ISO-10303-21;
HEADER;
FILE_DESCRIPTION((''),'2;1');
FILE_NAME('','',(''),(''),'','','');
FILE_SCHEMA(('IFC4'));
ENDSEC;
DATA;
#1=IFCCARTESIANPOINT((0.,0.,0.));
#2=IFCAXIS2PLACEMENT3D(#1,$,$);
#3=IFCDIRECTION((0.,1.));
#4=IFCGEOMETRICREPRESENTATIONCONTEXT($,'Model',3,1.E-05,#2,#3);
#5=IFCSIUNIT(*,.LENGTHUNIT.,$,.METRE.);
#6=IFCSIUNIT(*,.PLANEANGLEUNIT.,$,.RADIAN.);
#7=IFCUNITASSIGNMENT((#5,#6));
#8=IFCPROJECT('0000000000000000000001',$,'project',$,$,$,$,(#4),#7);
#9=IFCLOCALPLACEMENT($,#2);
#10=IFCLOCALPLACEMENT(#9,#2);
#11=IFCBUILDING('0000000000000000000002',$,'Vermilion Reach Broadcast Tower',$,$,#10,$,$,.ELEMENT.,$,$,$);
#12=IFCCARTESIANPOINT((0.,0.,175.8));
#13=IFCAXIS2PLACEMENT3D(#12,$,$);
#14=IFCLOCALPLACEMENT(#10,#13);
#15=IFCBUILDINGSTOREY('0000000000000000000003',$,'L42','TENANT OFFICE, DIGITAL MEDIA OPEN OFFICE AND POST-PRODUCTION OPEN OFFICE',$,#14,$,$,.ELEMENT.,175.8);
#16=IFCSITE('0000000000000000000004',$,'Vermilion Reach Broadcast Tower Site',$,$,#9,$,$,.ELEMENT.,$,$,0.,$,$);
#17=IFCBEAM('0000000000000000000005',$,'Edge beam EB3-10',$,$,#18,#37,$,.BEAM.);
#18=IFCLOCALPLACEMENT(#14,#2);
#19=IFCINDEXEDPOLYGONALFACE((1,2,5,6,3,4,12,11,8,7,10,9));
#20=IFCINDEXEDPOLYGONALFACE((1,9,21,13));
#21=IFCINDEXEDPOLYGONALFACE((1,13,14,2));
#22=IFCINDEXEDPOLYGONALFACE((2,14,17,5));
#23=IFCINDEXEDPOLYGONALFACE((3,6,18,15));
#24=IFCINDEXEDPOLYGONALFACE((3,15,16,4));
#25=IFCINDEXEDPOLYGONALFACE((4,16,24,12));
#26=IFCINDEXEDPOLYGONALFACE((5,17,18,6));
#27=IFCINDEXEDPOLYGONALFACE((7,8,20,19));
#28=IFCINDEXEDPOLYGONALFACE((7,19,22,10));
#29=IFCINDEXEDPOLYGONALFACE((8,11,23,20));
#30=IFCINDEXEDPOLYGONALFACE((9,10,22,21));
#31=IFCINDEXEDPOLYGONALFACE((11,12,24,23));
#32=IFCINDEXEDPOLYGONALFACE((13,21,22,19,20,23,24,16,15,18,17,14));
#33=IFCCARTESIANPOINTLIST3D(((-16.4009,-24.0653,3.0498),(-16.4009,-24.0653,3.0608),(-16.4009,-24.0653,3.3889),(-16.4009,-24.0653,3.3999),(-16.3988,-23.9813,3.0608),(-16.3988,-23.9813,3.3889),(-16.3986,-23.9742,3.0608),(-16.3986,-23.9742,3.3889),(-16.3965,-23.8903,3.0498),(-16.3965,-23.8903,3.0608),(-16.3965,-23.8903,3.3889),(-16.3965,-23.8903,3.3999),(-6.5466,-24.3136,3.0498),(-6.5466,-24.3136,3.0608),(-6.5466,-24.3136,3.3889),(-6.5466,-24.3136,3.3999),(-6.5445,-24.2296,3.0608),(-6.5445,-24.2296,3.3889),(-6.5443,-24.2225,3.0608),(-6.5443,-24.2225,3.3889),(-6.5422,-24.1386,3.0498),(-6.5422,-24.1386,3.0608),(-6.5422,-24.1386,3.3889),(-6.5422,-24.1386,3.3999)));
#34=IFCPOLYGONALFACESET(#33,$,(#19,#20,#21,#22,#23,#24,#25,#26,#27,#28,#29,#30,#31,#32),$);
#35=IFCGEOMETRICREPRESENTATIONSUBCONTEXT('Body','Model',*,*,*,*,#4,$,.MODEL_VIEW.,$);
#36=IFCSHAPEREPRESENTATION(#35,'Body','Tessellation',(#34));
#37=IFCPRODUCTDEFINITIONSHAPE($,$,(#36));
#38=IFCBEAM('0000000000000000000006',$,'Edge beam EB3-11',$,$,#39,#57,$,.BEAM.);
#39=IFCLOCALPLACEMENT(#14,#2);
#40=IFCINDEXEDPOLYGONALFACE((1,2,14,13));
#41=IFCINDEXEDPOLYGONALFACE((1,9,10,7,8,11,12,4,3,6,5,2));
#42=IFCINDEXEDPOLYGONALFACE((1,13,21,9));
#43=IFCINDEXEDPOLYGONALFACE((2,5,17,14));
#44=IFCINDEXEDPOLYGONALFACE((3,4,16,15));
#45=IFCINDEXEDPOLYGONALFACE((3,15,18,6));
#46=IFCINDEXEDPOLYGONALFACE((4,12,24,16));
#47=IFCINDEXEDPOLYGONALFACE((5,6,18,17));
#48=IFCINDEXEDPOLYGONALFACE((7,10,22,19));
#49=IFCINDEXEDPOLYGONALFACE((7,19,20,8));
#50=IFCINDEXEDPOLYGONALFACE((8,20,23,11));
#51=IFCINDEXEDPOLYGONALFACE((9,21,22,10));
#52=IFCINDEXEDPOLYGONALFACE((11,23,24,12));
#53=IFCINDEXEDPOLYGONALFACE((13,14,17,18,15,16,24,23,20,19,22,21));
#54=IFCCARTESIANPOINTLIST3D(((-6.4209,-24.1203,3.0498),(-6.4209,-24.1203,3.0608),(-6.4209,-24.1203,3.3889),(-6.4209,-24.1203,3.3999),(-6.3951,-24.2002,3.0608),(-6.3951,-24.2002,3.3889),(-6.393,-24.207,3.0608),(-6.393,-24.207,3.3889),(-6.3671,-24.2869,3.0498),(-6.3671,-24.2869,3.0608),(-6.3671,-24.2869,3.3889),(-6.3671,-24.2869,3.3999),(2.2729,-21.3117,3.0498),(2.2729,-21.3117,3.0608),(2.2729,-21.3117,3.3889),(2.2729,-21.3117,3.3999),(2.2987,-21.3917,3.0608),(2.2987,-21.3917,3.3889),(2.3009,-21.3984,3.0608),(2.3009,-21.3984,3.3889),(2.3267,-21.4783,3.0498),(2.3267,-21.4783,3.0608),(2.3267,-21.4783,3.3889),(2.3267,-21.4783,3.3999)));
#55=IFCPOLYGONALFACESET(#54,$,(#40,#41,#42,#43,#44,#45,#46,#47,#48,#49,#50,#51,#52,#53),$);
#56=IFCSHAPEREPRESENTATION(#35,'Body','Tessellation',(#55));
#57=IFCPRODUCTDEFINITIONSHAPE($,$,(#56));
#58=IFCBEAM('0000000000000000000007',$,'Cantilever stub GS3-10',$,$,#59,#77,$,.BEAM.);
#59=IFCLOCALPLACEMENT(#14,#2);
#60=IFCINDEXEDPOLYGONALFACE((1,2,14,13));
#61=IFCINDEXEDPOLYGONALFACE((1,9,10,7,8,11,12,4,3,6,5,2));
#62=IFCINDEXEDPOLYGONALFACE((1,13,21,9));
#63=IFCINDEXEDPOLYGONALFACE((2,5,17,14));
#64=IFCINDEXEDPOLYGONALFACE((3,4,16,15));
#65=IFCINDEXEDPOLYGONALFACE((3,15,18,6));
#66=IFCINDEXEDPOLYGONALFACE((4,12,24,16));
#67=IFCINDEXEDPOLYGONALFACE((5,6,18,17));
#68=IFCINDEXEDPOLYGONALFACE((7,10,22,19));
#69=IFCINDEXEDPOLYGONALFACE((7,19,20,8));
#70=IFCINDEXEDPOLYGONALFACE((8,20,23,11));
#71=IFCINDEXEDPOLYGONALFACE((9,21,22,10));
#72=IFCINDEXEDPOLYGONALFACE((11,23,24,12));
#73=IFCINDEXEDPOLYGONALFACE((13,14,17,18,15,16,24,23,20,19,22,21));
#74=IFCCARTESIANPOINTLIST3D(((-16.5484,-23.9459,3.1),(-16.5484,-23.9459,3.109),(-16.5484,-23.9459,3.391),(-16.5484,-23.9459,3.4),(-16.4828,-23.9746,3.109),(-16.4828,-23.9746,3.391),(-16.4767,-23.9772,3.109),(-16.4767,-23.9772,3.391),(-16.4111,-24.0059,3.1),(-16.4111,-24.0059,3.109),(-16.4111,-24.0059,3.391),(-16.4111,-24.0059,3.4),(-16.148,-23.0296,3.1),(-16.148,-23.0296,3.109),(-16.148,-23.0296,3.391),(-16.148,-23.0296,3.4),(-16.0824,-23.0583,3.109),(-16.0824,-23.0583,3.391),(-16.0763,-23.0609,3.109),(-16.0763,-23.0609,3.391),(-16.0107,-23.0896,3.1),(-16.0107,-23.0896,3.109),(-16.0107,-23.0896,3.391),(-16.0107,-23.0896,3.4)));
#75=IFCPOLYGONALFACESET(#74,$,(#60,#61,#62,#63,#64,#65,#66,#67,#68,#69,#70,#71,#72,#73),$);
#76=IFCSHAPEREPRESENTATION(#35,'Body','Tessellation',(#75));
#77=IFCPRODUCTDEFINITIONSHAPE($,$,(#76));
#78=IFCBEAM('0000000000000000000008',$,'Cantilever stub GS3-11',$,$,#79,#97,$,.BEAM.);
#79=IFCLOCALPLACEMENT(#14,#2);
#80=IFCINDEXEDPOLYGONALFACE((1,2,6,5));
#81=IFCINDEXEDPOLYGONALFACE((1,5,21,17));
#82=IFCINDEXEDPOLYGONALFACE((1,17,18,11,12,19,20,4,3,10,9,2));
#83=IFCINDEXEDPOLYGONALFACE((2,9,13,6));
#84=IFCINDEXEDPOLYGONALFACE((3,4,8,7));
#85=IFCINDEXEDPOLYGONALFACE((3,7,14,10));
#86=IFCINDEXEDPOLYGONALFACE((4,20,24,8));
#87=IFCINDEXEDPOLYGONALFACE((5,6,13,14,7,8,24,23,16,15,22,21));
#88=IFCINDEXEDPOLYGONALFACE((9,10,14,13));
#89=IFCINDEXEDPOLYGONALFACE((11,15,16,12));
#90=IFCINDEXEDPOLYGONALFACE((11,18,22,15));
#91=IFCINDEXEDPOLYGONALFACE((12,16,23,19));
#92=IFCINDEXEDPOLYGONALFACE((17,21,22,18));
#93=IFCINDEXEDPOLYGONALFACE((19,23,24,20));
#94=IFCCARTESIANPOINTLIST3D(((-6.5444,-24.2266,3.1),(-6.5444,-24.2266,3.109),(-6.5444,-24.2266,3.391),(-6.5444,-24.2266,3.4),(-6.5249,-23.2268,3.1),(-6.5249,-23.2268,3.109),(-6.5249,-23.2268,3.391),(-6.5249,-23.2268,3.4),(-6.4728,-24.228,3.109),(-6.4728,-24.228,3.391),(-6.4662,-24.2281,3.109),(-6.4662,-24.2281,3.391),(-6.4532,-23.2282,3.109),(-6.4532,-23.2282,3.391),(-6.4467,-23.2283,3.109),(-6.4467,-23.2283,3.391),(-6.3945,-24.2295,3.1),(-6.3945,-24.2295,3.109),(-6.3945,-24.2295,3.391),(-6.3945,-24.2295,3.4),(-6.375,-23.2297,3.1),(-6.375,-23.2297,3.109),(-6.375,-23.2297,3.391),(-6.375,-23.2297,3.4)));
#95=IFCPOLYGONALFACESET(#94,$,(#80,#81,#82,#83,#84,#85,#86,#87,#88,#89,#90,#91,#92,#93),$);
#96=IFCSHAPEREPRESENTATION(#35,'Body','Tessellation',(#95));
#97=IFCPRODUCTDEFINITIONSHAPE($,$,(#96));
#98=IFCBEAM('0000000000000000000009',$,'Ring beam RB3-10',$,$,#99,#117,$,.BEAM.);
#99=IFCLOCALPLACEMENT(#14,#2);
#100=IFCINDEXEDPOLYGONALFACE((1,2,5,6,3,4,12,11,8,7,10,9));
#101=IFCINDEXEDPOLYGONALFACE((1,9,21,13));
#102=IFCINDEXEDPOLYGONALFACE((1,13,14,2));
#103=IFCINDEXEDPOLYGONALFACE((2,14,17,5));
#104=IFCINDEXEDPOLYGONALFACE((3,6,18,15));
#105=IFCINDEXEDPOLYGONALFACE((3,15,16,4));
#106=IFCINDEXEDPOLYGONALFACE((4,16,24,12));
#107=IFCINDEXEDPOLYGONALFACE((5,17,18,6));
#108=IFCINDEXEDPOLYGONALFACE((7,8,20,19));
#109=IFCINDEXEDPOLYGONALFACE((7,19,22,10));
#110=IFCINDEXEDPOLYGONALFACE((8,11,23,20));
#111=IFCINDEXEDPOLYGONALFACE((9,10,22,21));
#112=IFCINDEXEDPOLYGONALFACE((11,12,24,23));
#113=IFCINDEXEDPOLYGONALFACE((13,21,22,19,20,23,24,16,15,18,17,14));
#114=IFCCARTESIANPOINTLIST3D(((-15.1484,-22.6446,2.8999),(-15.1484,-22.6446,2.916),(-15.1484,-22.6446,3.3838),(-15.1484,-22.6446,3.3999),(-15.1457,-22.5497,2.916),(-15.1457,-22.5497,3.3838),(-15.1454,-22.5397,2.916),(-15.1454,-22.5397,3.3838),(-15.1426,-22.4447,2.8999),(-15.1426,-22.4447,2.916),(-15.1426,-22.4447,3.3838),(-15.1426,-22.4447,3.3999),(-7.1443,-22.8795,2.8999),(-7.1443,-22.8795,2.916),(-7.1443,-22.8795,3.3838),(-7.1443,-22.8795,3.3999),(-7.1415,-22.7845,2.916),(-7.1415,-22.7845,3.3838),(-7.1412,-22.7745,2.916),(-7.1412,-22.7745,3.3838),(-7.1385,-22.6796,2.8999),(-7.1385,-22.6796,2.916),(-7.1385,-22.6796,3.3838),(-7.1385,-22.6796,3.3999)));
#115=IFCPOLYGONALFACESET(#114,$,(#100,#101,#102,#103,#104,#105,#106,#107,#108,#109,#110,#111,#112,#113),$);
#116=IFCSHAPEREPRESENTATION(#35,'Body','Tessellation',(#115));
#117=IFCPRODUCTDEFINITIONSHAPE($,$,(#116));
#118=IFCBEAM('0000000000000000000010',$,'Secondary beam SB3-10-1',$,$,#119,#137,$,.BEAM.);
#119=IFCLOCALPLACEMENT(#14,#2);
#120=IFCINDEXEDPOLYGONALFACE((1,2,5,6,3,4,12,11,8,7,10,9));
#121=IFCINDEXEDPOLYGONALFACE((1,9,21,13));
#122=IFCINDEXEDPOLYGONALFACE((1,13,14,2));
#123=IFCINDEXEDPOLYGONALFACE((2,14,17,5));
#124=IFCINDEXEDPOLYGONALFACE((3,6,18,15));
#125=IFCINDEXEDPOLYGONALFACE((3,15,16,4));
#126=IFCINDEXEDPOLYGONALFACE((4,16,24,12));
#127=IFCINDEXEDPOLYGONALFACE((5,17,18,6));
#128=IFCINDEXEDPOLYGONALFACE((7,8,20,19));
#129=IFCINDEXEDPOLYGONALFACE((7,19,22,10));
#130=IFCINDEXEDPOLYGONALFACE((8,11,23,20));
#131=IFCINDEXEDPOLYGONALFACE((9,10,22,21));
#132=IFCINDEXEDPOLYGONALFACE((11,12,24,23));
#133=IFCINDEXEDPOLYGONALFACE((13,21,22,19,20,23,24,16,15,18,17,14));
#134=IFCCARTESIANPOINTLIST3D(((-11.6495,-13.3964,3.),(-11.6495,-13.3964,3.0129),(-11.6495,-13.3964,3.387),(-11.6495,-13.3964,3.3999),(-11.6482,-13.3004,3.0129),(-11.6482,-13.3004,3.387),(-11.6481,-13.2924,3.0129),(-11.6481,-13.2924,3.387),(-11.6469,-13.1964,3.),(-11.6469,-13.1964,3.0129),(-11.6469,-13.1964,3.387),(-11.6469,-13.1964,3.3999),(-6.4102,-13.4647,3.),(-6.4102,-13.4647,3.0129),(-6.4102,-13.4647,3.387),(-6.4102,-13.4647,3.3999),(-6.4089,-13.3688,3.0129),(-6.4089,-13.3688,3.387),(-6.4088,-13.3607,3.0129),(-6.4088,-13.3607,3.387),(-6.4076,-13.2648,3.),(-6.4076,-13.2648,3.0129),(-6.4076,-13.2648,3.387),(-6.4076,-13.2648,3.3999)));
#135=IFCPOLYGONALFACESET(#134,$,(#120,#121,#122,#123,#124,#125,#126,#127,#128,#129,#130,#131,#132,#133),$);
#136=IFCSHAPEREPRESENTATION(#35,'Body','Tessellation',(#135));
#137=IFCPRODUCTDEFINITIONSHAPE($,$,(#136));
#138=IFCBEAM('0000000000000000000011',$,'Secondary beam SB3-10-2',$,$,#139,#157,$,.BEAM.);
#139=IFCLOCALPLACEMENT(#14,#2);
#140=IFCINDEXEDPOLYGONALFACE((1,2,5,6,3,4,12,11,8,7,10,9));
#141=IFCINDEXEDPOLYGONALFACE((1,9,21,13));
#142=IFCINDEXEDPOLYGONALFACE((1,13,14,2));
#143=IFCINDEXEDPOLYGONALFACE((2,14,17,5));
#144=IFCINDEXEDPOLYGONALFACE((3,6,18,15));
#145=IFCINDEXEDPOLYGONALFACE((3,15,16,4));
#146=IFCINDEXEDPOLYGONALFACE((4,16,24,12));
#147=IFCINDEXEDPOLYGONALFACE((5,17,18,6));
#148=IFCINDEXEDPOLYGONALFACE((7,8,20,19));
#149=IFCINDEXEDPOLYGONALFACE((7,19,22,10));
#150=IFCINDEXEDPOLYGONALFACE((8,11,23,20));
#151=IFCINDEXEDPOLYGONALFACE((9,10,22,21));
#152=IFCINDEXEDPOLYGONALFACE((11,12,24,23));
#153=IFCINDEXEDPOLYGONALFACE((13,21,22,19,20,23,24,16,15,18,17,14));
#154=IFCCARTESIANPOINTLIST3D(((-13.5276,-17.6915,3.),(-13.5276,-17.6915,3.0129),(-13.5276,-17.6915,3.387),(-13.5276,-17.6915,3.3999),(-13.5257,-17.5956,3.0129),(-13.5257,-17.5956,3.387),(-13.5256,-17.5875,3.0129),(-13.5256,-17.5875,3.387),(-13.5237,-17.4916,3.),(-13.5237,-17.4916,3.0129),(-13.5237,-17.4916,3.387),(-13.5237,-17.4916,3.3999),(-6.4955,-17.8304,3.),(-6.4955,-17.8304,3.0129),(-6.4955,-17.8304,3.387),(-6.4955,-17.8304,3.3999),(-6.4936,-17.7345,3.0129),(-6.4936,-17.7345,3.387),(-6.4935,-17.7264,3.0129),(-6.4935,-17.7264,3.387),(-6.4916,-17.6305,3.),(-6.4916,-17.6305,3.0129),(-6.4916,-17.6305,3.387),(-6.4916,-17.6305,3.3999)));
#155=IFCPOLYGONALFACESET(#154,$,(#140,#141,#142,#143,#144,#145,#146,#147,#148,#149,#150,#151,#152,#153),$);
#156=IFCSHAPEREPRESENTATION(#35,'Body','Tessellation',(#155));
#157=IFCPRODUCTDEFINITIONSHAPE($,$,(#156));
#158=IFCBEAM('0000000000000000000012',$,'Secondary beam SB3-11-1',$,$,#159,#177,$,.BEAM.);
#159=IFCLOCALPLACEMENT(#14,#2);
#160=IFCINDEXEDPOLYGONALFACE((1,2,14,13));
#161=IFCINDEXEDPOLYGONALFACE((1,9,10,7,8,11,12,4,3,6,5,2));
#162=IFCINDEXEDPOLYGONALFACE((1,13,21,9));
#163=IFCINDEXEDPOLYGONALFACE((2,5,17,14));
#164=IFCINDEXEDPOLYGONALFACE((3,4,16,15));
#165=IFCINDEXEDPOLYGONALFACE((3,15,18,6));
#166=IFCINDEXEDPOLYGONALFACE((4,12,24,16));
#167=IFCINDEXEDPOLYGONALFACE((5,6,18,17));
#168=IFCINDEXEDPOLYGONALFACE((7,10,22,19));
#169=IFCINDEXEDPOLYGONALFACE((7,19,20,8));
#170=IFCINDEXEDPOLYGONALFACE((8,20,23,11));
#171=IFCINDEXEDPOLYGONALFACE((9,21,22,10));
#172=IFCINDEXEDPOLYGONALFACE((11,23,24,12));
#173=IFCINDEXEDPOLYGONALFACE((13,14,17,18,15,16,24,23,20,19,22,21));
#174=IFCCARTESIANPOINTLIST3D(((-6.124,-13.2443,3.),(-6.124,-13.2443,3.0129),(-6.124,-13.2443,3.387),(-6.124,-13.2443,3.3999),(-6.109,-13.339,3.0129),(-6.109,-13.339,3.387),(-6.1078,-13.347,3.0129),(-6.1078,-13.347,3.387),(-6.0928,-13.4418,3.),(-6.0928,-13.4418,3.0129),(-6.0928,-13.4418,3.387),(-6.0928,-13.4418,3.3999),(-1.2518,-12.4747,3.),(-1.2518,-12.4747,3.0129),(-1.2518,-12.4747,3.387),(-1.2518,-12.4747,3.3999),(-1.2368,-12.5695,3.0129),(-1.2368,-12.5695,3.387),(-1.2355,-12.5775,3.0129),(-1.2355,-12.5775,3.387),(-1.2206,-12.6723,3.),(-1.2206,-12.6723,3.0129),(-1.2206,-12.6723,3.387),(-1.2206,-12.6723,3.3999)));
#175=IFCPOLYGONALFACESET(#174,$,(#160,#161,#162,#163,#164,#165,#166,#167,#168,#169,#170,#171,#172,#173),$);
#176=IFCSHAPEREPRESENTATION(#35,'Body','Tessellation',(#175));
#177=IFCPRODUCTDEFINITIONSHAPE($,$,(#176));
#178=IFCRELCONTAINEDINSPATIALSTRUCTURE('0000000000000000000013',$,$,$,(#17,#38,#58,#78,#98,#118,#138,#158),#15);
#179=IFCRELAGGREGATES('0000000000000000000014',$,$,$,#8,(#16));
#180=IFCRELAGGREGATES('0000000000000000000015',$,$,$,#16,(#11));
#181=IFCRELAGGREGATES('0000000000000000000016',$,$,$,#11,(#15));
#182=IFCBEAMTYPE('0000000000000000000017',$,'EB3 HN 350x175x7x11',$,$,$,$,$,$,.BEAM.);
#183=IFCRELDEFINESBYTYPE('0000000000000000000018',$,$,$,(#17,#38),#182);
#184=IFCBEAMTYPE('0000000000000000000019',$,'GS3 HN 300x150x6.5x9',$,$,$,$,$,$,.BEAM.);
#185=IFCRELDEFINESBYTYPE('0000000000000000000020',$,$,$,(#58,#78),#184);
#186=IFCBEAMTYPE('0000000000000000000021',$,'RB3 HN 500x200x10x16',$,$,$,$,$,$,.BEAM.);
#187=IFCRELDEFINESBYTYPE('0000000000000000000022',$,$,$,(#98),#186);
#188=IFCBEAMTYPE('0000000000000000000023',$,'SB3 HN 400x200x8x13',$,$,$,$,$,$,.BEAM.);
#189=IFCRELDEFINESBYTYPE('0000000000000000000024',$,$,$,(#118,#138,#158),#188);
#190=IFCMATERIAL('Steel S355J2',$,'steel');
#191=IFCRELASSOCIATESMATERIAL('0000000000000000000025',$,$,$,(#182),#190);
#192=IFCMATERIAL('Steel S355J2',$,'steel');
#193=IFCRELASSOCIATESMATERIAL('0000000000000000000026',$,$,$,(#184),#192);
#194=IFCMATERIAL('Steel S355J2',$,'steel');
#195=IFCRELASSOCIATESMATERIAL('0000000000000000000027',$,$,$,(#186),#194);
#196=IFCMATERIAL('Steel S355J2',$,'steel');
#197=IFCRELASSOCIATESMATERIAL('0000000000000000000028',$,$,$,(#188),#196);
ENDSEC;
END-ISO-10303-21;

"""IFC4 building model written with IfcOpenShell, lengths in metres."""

from ifc_helpers import new_model, si_unit, direction, frame, origin, origin_2d, place, context, subcontext, project, spatial, i_section, extrude, material, material_profile, profile_set, type_object, element, save


model = new_model("IFC4")

# Units and contexts
model_context = context("Model", 3, precision=1e-05, world=origin(), true_north=direction((0.0, 1.0)))
body_context = subcontext(model_context, "Body", "Model", "MODEL_VIEW")
ifc_project = project(units=[si_unit("LENGTHUNIT", "METRE"), si_unit("PLANEANGLEUNIT", "RADIAN")], contexts=[model_context])

# Site, building, storey
site_placement = place(None, origin())
site = spatial("IfcSite", under=ifc_project, at=site_placement, Name="Vermilion Reach Broadcast Tower Site", CompositionType="ELEMENT", RefElevation=0.0)
building_placement = place(site_placement, origin())
building = spatial("IfcBuilding", under=site, at=building_placement, Name="Vermilion Reach Broadcast Tower", CompositionType="ELEMENT")
storey_placement = place(building_placement, frame((0.0, 0.0, 175.8)))
storey = spatial("IfcBuildingStorey", under=building, at=storey_placement, Name="L42", Description="TENANT OFFICE, DIGITAL MEDIA OPEN OFFICE AND POST-PRODUCTION OPEN OFFICE", CompositionType="ELEMENT", Elevation=175.8)

# Beams
ifc_material_1 = material(Name="Steel S355J2", Category="steel")
ifc_material_profile_1 = material_profile(ifc_material_1, i_section(OverallWidth=0.175, OverallDepth=0.3501, WebThickness=0.0071, FlangeThickness=0.011, at=origin_2d()), Name="S355J2 HN 350x175x7x11")
ifc_profile_set_1 = profile_set([ifc_material_profile_1], Name="Steel S355J2")
beam_type_1 = type_object("IfcBeamType", Name="EB3 HN 350x175x7x11", PredefinedType="BEAM", material=ifc_profile_set_1)
beam_1_placement = place(storey_placement, frame((-16.3987, -23.9778, 3.2249), z_axis=(0.999683, -0.025188, 0.0), x_axis=(0.025188, 0.999683, 0.0)))
element("IfcBeam", 1, at=beam_1_placement, inside=storey, type_object=beam_type_1, Name="Edge beam EB3-10", PredefinedType="BEAM", context=body_context, shape_type="SweptSolid", body=[
    extrude(i_section(OverallWidth=0.175, OverallDepth=0.3501, WebThickness=0.0071, FlangeThickness=0.011, at=origin_2d()), origin(), (0.0, 0.0, 1.0), 9.8574),
])
beam_2_placement = place(storey_placement, frame((-6.394, -24.2036, 3.2249), z_axis=(0.951577, 0.307412, 0.0), x_axis=(-0.307412, 0.951577, 0.0)))
element("IfcBeam", 2, at=beam_2_placement, inside=storey, type_object=beam_type_1, Name="Edge beam EB3-11", PredefinedType="BEAM", context=body_context, shape_type="SweptSolid", body=[
    extrude(i_section(OverallWidth=0.175, OverallDepth=0.3501, WebThickness=0.0071, FlangeThickness=0.011, at=origin_2d()), origin(), (0.0, 0.0, 1.0), 9.1362),
])
ifc_material_2 = material(Name="Steel S355J2", Category="steel")
ifc_material_profile_2 = material_profile(ifc_material_2, i_section(OverallWidth=0.1499, OverallDepth=0.3, WebThickness=0.0066, FlangeThickness=0.009, at=origin_2d()), Name="S355J2 HN 300x150x6.5x9")
ifc_profile_set_2 = profile_set([ifc_material_profile_2], Name="Steel S355J2")
beam_type_2 = type_object("IfcBeamType", Name="GS3 HN 300x150x6.5x9", PredefinedType="BEAM", material=ifc_profile_set_2)
for number, where, z_axis, x_axis, name in (
    (3, (-16.0793, -23.0596, 3.25), (-0.400422, -0.916331, 0.0), (0.916331, -0.400422, 0.0), "Cantilever stub GS3-10"),
    (4, (-6.45, -23.2283, 3.25), (-0.019532, -0.999809, 0.0), (0.999809, -0.019532, 0.0), "Cantilever stub GS3-11"),
):
    element("IfcBeam", number, at=place(storey_placement, frame(where, z_axis=z_axis, x_axis=x_axis)), inside=storey, type_object=beam_type_2, Name=name, PredefinedType="BEAM", context=body_context, shape_type="SweptSolid", body=[
        extrude(i_section(OverallWidth=0.1499, OverallDepth=0.3, WebThickness=0.0066, FlangeThickness=0.009, at=origin_2d()), origin(), (0.0, 0.0, 1.0), 1.0),
    ])
ifc_material_3 = material(Name="Steel S355J2", Category="steel")
ifc_material_profile_3 = material_profile(ifc_material_3, i_section(OverallWidth=0.2, OverallDepth=0.5, WebThickness=0.01, FlangeThickness=0.0161, at=origin_2d()), Name="S355J2 HN 500x200x10x16")
ifc_profile_set_3 = profile_set([ifc_material_profile_3], Name="Steel S355J2")
beam_type_3 = type_object("IfcBeamType", Name="RB3 HN 500x200x10x16", PredefinedType="BEAM", material=ifc_profile_set_3)
beam_3_placement = place(storey_placement, frame((-15.1455, -22.5447, 3.1499), z_axis=(0.99957, -0.02933, 0.0), x_axis=(0.02933, 0.99957, 0.0)))
element("IfcBeam", 5, at=beam_3_placement, inside=storey, type_object=beam_type_3, Name="Ring beam RB3-10", PredefinedType="BEAM", context=body_context, shape_type="SweptSolid", body=[
    extrude(i_section(OverallWidth=0.2, OverallDepth=0.5, WebThickness=0.01, FlangeThickness=0.0161, at=origin_2d()), origin(), (0.0, 0.0, 1.0), 8.0076),
])
ifc_material_4 = material(Name="Steel S355J2", Category="steel")
ifc_material_profile_4 = material_profile(ifc_material_4, i_section(OverallWidth=0.2, OverallDepth=0.3999, WebThickness=0.0081, FlangeThickness=0.0129, at=origin_2d()), Name="S355J2 HN 400x200x8x13")
ifc_profile_set_4 = profile_set([ifc_material_profile_4], Name="Steel S355J2")
beam_type_4 = type_object("IfcBeamType", Name="SB3 HN 400x200x8x13", PredefinedType="BEAM", material=ifc_profile_set_4)
beam_4_placement = place(storey_placement, frame((-11.6482, -13.2964, 3.2), z_axis=(0.999915, -0.013046, 0.0), x_axis=(0.013046, 0.999915, 0.0)))
element("IfcBeam", 6, at=beam_4_placement, inside=storey, type_object=beam_type_4, Name="Secondary beam SB3-10-1", PredefinedType="BEAM", context=body_context, shape_type="SweptSolid", body=[
    extrude(i_section(OverallWidth=0.2, OverallDepth=0.3999, WebThickness=0.0081, FlangeThickness=0.0129, at=origin_2d()), origin(), (0.0, 0.0, 1.0), 5.2397),
])
beam_5_placement = place(storey_placement, frame((-13.5256, -17.5916, 3.2), z_axis=(0.999805, -0.019751, 0.0), x_axis=(0.019751, 0.999805, 0.0)))
element("IfcBeam", 7, at=beam_5_placement, inside=storey, type_object=beam_type_4, Name="Secondary beam SB3-10-2", PredefinedType="BEAM", context=body_context, shape_type="SweptSolid", body=[
    extrude(i_section(OverallWidth=0.2, OverallDepth=0.3999, WebThickness=0.0081, FlangeThickness=0.0129, at=origin_2d()), origin(), (0.0, 0.0, 1.0), 7.0334),
])
beam_6_placement = place(storey_placement, frame((-6.1084, -13.343, 3.2), z_axis=(0.987756, 0.156006, 0.0), x_axis=(-0.156006, 0.987756, 0.0)))
element("IfcBeam", 8, at=beam_6_placement, inside=storey, type_object=beam_type_4, Name="Secondary beam SB3-11-1", PredefinedType="BEAM", context=body_context, shape_type="SweptSolid", body=[
    extrude(i_section(OverallWidth=0.2, OverallDepth=0.3999, WebThickness=0.0081, FlangeThickness=0.0129, at=origin_2d()), origin(), (0.0, 0.0, 1.0), 4.9326),
])

save(model, "model.ifc")
